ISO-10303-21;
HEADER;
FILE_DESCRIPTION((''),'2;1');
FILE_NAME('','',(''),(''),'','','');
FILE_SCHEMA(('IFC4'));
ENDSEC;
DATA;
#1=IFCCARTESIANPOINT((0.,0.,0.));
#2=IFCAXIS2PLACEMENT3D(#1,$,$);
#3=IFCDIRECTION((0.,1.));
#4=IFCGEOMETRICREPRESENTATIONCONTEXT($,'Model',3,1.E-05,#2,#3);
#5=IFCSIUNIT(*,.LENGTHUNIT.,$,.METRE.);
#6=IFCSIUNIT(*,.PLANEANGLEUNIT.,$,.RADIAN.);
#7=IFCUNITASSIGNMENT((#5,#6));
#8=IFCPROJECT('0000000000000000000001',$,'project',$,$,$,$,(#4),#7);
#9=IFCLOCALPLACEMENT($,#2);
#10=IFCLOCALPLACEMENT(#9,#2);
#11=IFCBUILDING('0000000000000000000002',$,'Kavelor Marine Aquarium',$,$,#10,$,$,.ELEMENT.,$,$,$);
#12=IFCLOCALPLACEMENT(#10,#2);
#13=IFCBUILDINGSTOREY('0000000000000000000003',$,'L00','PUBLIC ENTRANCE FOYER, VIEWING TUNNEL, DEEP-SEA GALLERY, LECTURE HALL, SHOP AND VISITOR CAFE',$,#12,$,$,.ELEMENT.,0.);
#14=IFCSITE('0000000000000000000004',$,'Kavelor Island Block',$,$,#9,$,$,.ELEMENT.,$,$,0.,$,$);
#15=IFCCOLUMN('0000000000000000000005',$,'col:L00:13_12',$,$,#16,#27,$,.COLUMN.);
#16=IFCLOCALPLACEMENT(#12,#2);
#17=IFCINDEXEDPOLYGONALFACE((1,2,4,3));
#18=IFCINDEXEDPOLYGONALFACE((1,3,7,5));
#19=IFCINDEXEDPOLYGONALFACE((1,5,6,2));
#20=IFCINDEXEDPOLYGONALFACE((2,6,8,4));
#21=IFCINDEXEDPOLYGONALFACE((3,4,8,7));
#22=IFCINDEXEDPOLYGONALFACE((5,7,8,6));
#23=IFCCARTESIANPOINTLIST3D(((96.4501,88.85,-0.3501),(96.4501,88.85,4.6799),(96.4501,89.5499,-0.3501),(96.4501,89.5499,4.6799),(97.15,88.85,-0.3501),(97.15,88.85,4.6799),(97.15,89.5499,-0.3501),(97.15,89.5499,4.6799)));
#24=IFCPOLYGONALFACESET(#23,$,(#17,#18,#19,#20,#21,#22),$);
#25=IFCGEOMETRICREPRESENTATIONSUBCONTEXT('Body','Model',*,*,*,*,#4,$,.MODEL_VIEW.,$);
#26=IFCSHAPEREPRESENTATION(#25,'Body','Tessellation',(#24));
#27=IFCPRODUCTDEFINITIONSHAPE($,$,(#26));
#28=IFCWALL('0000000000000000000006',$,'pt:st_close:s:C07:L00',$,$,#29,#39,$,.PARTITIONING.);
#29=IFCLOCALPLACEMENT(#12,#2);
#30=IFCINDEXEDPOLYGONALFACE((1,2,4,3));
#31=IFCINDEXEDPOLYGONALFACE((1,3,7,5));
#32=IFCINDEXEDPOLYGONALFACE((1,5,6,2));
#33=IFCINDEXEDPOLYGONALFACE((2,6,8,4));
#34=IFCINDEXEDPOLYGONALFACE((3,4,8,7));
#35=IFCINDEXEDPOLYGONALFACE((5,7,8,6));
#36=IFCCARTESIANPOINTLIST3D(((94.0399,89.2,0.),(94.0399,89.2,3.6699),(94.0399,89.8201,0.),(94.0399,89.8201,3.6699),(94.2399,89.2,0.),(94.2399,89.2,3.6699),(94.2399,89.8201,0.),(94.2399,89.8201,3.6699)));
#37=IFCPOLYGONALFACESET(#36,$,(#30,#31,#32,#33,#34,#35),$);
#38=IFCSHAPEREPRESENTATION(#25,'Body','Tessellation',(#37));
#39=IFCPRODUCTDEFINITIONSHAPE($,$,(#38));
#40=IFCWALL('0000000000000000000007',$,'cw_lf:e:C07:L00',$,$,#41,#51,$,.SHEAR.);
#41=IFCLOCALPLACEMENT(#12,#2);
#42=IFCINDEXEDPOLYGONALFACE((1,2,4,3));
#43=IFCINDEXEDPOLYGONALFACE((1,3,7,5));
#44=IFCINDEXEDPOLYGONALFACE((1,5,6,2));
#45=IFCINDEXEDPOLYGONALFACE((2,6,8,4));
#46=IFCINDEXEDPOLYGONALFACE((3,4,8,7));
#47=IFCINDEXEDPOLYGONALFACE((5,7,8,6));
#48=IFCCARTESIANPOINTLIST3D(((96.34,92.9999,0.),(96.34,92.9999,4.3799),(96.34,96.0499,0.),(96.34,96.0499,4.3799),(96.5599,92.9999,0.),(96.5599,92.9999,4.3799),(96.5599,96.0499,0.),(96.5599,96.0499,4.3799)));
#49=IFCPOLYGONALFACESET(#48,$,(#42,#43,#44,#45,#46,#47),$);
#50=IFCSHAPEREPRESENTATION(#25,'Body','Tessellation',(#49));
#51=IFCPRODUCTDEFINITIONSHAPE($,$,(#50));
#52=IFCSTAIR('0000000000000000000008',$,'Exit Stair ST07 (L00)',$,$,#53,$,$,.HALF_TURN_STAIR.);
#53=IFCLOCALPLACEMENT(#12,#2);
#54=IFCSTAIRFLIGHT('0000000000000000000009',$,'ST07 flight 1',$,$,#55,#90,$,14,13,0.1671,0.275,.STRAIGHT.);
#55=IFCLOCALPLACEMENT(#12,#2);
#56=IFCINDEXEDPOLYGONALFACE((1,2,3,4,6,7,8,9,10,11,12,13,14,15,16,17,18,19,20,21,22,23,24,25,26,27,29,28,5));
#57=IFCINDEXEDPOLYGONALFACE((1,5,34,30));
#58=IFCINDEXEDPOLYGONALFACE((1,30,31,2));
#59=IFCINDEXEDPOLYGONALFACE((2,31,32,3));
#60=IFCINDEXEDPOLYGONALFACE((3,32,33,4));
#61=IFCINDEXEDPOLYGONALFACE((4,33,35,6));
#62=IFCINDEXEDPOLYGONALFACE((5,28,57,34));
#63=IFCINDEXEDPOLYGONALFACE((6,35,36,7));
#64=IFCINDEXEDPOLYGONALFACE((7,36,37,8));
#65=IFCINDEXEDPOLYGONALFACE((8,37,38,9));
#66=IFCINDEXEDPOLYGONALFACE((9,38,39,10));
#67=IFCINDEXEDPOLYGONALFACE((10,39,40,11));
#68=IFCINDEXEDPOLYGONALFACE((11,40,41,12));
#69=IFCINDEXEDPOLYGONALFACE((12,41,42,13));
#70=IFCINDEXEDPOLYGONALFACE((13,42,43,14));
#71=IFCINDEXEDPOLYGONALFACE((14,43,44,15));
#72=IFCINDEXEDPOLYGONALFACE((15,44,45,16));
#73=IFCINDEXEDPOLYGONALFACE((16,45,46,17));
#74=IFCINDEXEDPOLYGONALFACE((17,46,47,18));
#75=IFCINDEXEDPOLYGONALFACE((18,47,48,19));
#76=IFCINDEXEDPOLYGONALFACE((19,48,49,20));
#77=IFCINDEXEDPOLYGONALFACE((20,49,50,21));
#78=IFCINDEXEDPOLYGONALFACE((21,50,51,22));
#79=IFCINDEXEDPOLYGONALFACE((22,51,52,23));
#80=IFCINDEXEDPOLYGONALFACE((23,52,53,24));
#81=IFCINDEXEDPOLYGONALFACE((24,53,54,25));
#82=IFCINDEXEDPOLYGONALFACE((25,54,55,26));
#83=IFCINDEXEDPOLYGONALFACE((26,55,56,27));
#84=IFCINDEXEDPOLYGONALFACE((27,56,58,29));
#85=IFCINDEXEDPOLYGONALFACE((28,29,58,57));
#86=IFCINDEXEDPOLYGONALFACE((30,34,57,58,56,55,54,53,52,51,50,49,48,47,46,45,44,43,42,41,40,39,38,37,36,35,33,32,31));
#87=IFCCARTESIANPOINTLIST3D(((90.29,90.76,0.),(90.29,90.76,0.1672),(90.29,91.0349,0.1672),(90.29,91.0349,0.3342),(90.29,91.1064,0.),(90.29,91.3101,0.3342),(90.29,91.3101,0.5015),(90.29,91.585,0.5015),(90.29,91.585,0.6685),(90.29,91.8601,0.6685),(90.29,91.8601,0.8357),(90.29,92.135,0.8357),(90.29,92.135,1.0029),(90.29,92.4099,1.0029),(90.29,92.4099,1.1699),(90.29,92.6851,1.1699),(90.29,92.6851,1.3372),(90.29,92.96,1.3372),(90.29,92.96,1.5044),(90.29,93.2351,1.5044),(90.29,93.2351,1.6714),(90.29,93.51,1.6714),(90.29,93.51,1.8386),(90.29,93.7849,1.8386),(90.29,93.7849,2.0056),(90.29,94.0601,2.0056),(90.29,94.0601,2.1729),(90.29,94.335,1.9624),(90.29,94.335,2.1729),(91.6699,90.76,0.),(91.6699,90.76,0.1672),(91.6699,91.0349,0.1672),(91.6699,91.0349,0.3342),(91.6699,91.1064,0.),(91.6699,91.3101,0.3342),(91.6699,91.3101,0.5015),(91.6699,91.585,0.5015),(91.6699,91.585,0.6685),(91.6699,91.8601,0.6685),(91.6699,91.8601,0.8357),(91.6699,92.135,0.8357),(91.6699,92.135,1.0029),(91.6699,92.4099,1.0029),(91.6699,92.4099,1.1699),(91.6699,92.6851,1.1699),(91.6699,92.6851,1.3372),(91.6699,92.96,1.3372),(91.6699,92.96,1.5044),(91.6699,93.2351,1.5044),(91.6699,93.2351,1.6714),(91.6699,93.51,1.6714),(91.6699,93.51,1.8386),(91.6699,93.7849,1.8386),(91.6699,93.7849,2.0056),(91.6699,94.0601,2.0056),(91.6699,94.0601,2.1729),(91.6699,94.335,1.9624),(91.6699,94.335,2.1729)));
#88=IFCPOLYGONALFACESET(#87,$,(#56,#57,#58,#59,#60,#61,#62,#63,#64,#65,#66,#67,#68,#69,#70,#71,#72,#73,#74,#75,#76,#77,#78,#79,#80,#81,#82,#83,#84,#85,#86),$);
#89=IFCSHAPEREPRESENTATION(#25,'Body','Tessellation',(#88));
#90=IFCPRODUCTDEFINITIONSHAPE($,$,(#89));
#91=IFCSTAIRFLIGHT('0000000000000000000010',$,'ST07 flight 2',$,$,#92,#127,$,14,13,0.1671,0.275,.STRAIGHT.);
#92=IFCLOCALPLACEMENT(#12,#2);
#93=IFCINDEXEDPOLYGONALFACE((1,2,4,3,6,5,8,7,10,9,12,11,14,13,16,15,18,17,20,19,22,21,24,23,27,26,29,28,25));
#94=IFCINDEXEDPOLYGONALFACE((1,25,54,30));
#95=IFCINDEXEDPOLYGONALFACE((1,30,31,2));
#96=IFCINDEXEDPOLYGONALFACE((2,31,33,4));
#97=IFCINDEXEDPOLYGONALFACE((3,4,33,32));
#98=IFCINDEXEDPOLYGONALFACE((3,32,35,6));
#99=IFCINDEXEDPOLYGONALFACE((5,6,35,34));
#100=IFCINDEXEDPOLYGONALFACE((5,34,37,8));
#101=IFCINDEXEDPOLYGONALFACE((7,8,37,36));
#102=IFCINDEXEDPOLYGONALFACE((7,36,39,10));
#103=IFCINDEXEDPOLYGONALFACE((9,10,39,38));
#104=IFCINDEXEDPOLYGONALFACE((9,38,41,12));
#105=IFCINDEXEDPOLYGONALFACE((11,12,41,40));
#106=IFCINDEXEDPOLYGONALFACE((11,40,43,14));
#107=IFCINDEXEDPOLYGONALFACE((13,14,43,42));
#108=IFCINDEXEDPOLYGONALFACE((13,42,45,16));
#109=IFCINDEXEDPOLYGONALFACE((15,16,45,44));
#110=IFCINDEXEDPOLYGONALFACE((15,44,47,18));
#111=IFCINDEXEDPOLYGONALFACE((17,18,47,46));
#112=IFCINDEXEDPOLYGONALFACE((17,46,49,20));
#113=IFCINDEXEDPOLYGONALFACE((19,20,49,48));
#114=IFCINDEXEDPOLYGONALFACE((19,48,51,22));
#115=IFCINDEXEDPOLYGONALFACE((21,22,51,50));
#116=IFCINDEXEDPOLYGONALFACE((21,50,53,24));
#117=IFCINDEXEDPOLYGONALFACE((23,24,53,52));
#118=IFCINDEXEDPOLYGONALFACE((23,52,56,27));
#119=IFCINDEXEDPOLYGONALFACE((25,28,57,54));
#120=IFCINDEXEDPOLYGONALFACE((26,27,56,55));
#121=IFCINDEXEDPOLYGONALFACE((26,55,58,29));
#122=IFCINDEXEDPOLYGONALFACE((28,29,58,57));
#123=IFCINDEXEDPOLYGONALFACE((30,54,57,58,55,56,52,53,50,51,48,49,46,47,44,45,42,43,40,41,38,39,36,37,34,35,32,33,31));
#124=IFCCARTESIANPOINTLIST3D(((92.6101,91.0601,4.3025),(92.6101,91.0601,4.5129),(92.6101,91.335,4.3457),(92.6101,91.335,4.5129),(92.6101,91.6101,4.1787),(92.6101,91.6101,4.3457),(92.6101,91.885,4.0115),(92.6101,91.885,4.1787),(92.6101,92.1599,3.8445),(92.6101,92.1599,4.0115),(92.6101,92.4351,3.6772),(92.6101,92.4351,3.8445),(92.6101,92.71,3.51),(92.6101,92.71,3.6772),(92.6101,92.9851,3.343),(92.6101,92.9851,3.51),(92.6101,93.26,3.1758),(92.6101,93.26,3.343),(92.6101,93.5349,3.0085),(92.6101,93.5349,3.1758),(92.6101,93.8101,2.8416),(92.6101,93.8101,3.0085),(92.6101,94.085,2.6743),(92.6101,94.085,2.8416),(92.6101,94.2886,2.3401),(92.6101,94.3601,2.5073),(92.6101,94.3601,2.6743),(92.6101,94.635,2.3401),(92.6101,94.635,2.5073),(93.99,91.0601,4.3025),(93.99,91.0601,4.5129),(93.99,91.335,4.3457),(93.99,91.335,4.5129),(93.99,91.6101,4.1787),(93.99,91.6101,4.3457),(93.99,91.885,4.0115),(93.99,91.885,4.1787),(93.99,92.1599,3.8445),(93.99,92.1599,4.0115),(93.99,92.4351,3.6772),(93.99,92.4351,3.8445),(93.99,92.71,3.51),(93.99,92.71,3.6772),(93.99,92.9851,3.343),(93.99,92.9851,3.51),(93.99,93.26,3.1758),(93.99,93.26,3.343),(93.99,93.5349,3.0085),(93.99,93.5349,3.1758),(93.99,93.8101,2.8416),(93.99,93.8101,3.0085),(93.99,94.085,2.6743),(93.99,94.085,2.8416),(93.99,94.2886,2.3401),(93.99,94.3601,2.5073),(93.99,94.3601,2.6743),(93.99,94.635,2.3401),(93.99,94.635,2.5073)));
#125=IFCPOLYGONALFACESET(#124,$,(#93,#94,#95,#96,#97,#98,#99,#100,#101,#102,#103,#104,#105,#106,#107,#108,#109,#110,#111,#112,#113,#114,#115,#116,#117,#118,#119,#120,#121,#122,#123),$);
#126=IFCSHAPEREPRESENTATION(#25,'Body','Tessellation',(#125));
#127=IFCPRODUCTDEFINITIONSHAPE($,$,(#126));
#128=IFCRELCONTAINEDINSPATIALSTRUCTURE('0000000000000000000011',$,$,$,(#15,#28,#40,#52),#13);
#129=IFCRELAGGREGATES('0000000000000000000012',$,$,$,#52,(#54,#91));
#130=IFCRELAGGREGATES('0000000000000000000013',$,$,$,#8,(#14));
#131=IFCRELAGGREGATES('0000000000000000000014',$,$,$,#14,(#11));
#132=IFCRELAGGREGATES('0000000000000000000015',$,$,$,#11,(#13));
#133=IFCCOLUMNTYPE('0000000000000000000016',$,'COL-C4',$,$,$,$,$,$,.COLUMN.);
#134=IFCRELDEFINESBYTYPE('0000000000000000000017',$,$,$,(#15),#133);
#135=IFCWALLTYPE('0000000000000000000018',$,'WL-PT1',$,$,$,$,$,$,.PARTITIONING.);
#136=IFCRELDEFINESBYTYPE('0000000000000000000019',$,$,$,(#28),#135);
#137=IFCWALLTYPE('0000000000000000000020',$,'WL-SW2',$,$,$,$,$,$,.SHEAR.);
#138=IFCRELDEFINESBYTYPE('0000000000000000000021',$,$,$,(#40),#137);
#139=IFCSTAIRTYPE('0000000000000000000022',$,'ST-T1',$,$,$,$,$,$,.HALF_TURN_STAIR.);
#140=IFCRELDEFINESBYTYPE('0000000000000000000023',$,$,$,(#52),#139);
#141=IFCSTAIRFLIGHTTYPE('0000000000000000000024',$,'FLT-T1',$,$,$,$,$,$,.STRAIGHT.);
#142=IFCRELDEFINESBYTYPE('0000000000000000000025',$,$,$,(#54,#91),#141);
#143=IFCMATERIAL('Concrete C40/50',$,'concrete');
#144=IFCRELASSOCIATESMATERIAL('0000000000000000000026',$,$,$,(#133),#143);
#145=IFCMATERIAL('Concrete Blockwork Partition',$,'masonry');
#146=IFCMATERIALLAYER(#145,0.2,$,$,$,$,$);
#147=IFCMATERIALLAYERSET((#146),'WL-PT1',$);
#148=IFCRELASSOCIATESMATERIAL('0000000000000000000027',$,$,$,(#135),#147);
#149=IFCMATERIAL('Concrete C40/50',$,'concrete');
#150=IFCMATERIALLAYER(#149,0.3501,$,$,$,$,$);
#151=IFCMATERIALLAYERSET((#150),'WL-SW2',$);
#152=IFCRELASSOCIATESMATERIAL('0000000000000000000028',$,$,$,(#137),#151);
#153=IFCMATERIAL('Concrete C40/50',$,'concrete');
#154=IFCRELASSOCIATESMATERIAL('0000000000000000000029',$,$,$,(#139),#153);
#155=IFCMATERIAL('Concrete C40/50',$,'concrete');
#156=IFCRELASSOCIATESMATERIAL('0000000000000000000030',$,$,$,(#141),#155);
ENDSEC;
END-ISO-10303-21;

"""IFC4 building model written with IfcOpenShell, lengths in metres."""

from ifc_helpers import new_model, si_unit, direction, frame, frame_2d, origin, origin_2d, place, context, subcontext, project, spatial, polyline, rectangle, outline, extrude, material, layer, layer_set, material_profile, profile_set, type_object, element, aggregate, save


model = new_model("IFC4")

# Units and contexts
model_context = context("Model", 3, precision=1e-05, world=origin(), true_north=direction((0.0, 1.0)))
body_context = subcontext(model_context, "Body", "Model", "MODEL_VIEW")
ifc_project = project(units=[si_unit("LENGTHUNIT", "METRE"), si_unit("PLANEANGLEUNIT", "RADIAN")], contexts=[model_context])

# Site, building, storey
site_placement = place(None, origin())
site = spatial("IfcSite", under=ifc_project, at=site_placement, Name="Kavelor Island Block", CompositionType="ELEMENT", RefElevation=0.0)
building_placement = place(site_placement, origin())
building = spatial("IfcBuilding", under=site, at=building_placement, Name="Kavelor Marine Aquarium", CompositionType="ELEMENT")
storey_placement = place(building_placement, origin())
storey = spatial("IfcBuildingStorey", under=building, at=storey_placement, Name="L00", Description="PUBLIC ENTRANCE FOYER, VIEWING TUNNEL, DEEP-SEA GALLERY, LECTURE HALL, SHOP AND VISITOR CAFE", CompositionType="ELEMENT", Elevation=0.0)

# Column
ifc_material_1 = material(Name="Concrete C40/50", Category="concrete")
ifc_material_profile_1 = material_profile(ifc_material_1, rectangle(XDim=0.7, YDim=0.7, at=origin_2d()), Name="RC-COL 700x700")
ifc_profile_set_1 = profile_set([ifc_material_profile_1], Name="Concrete C40/50")
column_type = type_object("IfcColumnType", Name="COL-C4", PredefinedType="COLUMN", material=ifc_profile_set_1)
column_placement = place(storey_placement, frame((96.8, 89.2, -0.3501), z_axis=(0.0, 0.0, 1.0), x_axis=(1.0, 0.0, 0.0)))
element("IfcColumn", 1, at=column_placement, inside=storey, type_object=column_type, Name="col:L00:13_12", PredefinedType="COLUMN", context=body_context, shape_type="SweptSolid", body=[
    extrude(rectangle(XDim=0.7, YDim=0.7, at=origin_2d()), origin(), (0.0, 0.0, 1.0), 5.03),
])

# Wall
ifc_material_2 = material(Name="Concrete Blockwork Partition", Category="masonry")
ifc_layer_1 = layer(ifc_material_2, 0.2)
ifc_layer_set_1 = layer_set([ifc_layer_1], Name="WL-PT1")
wall_type_1 = type_object("IfcWallType", Name="WL-PT1", PredefinedType="PARTITIONING", material=ifc_layer_set_1)
wall_1_placement = place(storey_placement, frame((94.1399, 89.2, 0.0), z_axis=(0.0, 0.0, 1.0), x_axis=(0.0, 1.0, 0.0)))
element("IfcWall", 2, at=wall_1_placement, inside=storey, type_object=wall_type_1, Name="pt:st_close:s:C07:L00", PredefinedType="PARTITIONING", context=body_context, shape_type="SweptSolid", body=[
    extrude(rectangle(XDim=0.6201, YDim=0.2, at=frame_2d((0.3101, 0.0))), origin(), (0.0, 0.0, 1.0), 3.6699),
])

# Shared definitions
ifc_material_3 = material(Name="Concrete C40/50", Category="concrete")
ifc_layer_2 = layer(ifc_material_3, 0.3501)
ifc_layer_set_2 = layer_set([ifc_layer_2], Name="WL-SW2")
wall_type_2 = type_object("IfcWallType", Name="WL-SW2", PredefinedType="SHEAR", material=ifc_layer_set_2)

# Wall
wall_2_placement = place(storey_placement, frame((96.45, 93.0, 0.0), z_axis=(0.0, 0.0, 1.0), x_axis=(0.0, 1.0, 0.0)))
element("IfcWall", 3, at=wall_2_placement, inside=storey, type_object=wall_type_2, Name="cw_lf:e:C07:L00", PredefinedType="SHEAR", context=body_context, shape_type="SweptSolid", body=[
    extrude(rectangle(XDim=3.05, YDim=0.22, at=frame_2d((1.5249, 0.0))), origin(), (0.0, 0.0, 1.0), 4.3799),
])

# Stair, stair flights
ifc_material_4 = material(Name="Concrete C40/50", Category="concrete")
stair_type = type_object("IfcStairType", Name="ST-T1", PredefinedType="HALF_TURN_STAIR", material=ifc_material_4)
stair_placement = place(storey_placement, origin())
stair = element("IfcStair", 4, at=stair_placement, inside=storey, type_object=stair_type, Name="Exit Stair ST07 (L00)", PredefinedType="HALF_TURN_STAIR")
ifc_material_5 = material(Name="Concrete C40/50", Category="concrete")
stair_flight_type = type_object("IfcStairFlightType", Name="FLT-T1", PredefinedType="STRAIGHT", material=ifc_material_5)
stair_flight_1_placement = place(storey_placement, frame((90.98, 90.76, 0.0), z_axis=(0.0, 0.0, 1.0), x_axis=(0.0, 1.0, 0.0)))
stair_flight_1 = element("IfcStairFlight", 5, at=stair_flight_1_placement, type_object=stair_flight_type, Name="ST07 flight 1", NumberOfRisers=14, NumberOfTreads=13, PredefinedType="STRAIGHT", RiserHeight=0.1671, TreadLength=0.275, context=body_context, shape_type="SweptSolid", body=[
    extrude(outline(polyline([(0.0, 0.0), (0.0, 0.1672), (0.2749, 0.1672), (0.2749, 0.3342), (0.55, 0.3342), (0.55, 0.5015), (0.825, 0.5015), (0.825, 0.6685), (1.1001, 0.6685), (1.1001, 0.8357), (1.375, 0.8357), (1.375, 1.0029), (1.6499, 1.0029), (1.6499, 1.1699), (1.925, 1.1699), (1.925, 1.3372), (2.2, 1.3372), (2.2, 1.5044), (2.4751, 1.5044), (2.4751, 1.6714), (2.75, 1.6714), (2.75, 1.8386), (3.0249, 1.8386), (3.0249, 2.0056), (3.3, 2.0056), (3.3, 2.1729), (3.575, 2.1729), (3.575, 2.3401), (3.575, 1.9624), (0.3464, 0.0), (0.0, 0.0)])), frame((0.0, 0.6899, 0.0), z_axis=(0.0, -1.0, 0.0), x_axis=(1.0, 0.0, 0.0)), (0.0, 0.0, 1.0), 1.3799),
])
stair_flight_2_placement = place(storey_placement, frame((93.3, 94.635, 2.3401), z_axis=(0.0, 0.0, 1.0), x_axis=(0.0, -1.0, 0.0)))
stair_flight_2 = element("IfcStairFlight", 6, at=stair_flight_2_placement, type_object=stair_flight_type, Name="ST07 flight 2", NumberOfRisers=14, NumberOfTreads=13, PredefinedType="STRAIGHT", RiserHeight=0.1671, TreadLength=0.275, context=body_context, shape_type="SweptSolid", body=[
    extrude(outline(polyline([(0.0, 0.0), (0.0, 0.1672), (0.2749, 0.1672), (0.2749, 0.3342), (0.55, 0.3342), (0.55, 0.5015), (0.825, 0.5015), (0.825, 0.6685), (1.1001, 0.6685), (1.1001, 0.8357), (1.375, 0.8357), (1.375, 1.0029), (1.6499, 1.0029), (1.6499, 1.1699), (1.925, 1.1699), (1.925, 1.3372), (2.2, 1.3372), (2.2, 1.5044), (2.4751, 1.5044), (2.4751, 1.6714), (2.75, 1.6714), (2.75, 1.8386), (3.0249, 1.8386), (3.0249, 2.0056), (3.3, 2.0056), (3.3, 2.1729), (3.575, 2.1729), (3.575, 2.3401), (3.575, 1.9624), (0.3464, 0.0), (0.0, 0.0)])), frame((0.0, 0.6899, 0.0), z_axis=(0.0, -1.0, 0.0), x_axis=(1.0, 0.0, 0.0)), (0.0, 0.0, 1.0), 1.3799),
])
aggregate(stair, [stair_flight_1, stair_flight_2])

save(model, "model.ifc")
